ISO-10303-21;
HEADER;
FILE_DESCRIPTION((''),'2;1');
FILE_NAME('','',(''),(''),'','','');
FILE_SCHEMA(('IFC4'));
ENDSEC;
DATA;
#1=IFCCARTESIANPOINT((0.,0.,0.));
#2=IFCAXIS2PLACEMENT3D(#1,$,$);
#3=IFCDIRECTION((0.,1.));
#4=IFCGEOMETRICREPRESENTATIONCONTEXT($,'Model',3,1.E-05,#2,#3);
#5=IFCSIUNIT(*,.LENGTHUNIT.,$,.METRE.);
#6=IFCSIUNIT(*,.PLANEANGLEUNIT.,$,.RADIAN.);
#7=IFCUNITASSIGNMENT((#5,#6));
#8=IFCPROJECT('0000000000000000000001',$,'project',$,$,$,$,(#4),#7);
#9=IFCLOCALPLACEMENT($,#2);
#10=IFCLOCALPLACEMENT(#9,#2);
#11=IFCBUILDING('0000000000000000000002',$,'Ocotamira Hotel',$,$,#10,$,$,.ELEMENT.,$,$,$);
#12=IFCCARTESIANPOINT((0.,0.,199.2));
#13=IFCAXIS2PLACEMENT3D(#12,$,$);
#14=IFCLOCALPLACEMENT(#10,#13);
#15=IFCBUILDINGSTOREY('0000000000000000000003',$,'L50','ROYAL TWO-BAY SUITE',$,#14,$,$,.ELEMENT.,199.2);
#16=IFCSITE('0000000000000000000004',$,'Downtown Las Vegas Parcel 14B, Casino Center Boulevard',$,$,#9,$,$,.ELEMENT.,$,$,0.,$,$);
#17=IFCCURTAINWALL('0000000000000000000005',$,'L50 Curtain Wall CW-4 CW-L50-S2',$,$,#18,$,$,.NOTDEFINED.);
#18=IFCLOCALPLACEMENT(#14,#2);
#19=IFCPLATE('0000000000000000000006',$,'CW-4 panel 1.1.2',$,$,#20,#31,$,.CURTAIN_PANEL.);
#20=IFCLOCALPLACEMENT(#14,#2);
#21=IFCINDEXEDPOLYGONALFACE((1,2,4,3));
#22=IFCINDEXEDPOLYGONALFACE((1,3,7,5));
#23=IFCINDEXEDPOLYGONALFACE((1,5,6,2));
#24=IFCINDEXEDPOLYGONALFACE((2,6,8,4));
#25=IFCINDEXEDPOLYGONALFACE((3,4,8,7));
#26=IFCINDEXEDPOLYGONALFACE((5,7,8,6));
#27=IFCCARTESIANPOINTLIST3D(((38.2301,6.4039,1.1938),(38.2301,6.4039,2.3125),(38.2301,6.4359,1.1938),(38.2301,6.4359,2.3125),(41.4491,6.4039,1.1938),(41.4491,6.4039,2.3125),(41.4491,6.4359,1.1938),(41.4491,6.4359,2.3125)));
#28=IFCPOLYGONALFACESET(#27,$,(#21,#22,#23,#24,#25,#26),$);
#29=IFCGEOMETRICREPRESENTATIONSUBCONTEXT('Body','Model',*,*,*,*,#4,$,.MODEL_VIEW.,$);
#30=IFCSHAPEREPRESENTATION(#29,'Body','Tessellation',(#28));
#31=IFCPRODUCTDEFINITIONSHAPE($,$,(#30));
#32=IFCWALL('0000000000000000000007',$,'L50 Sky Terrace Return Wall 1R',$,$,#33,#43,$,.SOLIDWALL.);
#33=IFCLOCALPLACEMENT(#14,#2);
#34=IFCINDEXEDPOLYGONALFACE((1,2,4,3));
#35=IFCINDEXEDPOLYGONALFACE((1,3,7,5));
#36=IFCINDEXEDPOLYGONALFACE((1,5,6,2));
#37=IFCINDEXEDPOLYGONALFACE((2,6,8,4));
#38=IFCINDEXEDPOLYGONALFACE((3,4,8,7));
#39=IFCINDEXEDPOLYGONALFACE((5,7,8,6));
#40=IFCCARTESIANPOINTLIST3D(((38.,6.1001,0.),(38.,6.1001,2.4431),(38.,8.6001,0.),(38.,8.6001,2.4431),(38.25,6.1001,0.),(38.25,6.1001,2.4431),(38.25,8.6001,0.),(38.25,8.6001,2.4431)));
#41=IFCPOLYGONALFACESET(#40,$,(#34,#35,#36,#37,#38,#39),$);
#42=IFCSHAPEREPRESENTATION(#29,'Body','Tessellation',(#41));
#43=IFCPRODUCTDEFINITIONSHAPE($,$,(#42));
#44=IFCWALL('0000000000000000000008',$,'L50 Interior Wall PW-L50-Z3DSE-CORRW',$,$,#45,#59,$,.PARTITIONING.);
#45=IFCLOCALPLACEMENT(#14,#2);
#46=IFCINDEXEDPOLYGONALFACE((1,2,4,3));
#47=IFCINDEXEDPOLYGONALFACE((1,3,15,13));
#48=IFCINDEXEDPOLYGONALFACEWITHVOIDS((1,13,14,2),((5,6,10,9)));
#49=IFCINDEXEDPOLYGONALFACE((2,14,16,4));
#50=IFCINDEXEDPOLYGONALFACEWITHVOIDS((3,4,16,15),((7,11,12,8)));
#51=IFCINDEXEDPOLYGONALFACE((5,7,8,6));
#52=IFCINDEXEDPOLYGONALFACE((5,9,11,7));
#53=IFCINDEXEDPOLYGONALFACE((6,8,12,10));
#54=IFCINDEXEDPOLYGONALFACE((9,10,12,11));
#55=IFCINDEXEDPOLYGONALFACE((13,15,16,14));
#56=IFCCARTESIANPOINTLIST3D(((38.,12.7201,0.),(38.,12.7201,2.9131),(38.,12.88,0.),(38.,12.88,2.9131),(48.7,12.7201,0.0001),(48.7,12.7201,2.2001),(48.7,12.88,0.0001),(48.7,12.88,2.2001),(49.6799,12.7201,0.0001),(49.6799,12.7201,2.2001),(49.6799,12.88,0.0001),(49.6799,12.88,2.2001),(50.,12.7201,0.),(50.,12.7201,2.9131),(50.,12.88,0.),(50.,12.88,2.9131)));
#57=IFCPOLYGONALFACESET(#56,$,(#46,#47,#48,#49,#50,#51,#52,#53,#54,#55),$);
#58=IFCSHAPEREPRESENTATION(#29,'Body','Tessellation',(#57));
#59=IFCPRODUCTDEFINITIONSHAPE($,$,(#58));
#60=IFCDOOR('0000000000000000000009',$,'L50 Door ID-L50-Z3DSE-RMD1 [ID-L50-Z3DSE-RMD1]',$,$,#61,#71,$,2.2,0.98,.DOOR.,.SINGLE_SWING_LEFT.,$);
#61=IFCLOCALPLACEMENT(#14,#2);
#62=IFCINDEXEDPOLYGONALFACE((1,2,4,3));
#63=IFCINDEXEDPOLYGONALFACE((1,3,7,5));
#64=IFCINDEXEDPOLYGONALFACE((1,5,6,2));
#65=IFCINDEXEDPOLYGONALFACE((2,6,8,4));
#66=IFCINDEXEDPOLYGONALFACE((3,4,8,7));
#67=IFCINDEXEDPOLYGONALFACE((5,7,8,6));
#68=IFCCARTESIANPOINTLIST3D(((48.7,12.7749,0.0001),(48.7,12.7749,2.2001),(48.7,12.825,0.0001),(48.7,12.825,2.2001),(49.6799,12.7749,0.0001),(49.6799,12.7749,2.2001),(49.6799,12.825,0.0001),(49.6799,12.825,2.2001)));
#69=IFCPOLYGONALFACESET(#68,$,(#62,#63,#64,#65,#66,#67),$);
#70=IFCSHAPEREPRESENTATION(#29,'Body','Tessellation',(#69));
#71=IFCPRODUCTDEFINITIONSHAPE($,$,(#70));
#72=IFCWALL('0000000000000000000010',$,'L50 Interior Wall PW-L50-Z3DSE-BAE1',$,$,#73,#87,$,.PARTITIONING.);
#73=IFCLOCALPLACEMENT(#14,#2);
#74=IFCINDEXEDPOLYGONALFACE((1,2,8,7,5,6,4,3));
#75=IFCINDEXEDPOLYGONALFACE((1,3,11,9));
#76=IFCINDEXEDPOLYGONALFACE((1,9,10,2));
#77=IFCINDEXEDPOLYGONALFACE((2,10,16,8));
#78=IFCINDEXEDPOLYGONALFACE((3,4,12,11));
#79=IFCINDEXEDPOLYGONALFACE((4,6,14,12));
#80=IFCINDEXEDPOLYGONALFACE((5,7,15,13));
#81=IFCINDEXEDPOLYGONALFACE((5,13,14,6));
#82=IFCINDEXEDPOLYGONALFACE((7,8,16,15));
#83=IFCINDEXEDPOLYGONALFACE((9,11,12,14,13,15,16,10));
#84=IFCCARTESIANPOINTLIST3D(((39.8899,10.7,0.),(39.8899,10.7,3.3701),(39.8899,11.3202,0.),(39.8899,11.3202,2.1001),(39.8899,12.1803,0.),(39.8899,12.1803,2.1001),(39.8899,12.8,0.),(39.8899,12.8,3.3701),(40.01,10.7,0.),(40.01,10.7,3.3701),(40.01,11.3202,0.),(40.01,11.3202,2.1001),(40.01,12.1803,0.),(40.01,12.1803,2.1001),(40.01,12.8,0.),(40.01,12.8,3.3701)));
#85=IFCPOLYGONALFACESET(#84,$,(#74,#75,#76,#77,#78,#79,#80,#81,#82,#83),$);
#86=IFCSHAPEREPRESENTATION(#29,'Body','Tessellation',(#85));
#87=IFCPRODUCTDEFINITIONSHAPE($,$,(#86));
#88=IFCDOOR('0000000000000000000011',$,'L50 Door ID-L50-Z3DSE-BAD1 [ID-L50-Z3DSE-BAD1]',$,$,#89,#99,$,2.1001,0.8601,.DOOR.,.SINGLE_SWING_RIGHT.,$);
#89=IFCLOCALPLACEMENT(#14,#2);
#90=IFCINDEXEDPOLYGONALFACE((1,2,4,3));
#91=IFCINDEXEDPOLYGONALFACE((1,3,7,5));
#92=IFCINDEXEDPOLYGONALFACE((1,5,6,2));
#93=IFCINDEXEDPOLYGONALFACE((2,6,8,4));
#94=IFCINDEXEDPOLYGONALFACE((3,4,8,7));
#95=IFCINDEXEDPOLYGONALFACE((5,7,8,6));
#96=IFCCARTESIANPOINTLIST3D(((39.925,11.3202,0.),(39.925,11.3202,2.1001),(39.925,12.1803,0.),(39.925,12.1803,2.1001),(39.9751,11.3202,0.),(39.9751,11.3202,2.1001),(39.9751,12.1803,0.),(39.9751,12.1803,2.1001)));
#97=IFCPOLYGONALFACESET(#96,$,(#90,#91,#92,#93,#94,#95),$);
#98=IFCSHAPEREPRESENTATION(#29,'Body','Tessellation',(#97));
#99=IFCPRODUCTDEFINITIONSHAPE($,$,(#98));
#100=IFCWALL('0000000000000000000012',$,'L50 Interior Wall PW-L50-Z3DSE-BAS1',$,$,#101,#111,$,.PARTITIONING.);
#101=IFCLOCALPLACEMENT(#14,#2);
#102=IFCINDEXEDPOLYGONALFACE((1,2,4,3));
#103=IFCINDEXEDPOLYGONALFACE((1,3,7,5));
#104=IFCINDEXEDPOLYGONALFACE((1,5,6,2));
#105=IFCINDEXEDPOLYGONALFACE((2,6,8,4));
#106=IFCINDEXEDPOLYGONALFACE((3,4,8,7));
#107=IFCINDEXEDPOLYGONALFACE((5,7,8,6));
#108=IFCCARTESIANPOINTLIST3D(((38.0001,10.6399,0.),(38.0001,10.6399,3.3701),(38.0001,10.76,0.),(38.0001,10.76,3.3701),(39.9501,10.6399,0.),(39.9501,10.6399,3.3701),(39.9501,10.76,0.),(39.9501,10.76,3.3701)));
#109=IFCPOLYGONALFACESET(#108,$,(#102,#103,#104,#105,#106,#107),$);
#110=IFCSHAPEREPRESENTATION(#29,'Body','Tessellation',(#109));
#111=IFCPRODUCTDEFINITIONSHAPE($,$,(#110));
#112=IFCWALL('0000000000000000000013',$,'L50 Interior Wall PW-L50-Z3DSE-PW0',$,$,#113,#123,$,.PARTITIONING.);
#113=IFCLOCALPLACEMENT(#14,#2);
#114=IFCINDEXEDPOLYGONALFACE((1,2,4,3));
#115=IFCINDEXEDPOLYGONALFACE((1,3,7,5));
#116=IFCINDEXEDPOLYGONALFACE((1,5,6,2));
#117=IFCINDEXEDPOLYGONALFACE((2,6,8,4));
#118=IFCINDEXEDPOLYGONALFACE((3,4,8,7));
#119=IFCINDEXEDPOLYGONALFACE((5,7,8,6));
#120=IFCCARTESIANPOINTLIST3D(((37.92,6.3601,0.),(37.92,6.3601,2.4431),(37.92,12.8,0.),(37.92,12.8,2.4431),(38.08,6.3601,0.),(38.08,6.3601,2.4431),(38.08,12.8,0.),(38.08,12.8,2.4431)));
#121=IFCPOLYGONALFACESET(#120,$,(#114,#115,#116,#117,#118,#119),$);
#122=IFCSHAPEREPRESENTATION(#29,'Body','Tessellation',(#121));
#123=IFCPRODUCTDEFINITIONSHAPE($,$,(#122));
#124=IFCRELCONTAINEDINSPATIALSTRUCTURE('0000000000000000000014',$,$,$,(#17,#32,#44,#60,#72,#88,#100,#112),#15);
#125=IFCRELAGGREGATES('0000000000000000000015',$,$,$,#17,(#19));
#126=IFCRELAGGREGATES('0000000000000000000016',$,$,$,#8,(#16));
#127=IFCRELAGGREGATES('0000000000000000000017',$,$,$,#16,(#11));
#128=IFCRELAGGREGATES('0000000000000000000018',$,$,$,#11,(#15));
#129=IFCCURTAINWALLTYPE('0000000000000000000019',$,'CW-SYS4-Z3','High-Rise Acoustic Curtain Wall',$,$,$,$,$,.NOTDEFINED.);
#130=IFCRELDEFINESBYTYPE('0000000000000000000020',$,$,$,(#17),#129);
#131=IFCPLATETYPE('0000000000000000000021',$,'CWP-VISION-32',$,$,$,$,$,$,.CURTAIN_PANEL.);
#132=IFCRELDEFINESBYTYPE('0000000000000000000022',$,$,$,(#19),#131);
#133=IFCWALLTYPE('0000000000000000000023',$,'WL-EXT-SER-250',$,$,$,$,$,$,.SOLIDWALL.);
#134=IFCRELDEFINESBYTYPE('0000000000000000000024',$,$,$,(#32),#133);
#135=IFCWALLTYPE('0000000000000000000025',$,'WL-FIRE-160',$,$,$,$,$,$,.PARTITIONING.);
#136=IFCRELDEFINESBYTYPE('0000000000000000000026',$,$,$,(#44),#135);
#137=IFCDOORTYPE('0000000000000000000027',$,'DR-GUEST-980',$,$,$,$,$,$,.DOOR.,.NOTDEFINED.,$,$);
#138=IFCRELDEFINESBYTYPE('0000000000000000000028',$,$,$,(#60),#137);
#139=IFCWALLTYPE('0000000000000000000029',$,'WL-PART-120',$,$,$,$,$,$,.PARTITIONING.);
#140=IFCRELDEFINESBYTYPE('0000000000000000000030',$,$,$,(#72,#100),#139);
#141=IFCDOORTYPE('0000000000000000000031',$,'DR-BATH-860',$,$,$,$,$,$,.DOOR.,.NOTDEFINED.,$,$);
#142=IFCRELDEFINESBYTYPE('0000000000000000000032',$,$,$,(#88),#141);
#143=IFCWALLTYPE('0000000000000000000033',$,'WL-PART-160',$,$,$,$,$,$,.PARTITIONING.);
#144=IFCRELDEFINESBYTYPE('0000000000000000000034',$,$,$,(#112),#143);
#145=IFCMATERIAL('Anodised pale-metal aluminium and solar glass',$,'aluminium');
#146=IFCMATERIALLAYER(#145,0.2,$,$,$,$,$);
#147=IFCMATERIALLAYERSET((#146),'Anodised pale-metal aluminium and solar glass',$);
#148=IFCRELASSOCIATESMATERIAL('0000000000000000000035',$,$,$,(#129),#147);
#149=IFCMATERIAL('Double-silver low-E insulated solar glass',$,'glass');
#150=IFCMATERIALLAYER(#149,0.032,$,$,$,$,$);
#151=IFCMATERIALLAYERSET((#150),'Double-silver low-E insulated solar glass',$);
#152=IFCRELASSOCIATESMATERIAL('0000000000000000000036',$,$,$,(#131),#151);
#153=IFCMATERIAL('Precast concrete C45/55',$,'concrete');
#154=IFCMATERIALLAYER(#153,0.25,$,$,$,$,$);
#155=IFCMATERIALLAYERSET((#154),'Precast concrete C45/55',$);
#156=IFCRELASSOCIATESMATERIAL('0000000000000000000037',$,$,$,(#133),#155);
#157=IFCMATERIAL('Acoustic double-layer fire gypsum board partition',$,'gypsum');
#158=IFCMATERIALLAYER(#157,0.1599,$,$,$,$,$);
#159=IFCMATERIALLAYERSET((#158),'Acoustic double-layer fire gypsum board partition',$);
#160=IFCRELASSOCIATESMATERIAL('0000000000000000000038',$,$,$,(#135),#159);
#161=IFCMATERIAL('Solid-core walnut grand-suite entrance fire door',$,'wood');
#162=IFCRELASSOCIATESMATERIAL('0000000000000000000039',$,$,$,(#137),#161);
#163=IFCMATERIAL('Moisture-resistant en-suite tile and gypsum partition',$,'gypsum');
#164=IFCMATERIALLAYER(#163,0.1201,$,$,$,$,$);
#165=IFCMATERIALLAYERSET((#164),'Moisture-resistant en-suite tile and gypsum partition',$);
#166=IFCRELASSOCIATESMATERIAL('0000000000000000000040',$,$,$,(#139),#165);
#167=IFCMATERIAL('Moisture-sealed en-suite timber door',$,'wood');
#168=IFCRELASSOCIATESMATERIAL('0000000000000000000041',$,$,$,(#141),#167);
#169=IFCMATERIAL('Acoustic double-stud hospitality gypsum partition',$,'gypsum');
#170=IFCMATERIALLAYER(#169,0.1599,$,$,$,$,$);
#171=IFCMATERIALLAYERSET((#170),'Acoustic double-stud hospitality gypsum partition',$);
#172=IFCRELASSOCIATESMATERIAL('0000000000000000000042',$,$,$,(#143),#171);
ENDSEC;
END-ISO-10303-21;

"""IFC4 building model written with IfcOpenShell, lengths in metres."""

from ifc_helpers import new_model, si_unit, direction, frame, frame_2d, origin, origin_2d, place, context, subcontext, project, spatial, rectangle, extrude, source, transform, mapped, material, layer, layer_set, type_object, element, fill, aggregate, save


model = new_model("IFC4")

# Units and contexts
model_context = context("Model", 3, precision=1e-05, world=origin(), true_north=direction((0.0, 1.0)))
body_context = subcontext(model_context, "Body", "Model", "MODEL_VIEW")
ifc_project = project(units=[si_unit("LENGTHUNIT", "METRE"), si_unit("PLANEANGLEUNIT", "RADIAN")], contexts=[model_context])

# Site, building, storey
site_placement = place(None, origin())
site = spatial("IfcSite", under=ifc_project, at=site_placement, Name="Downtown Las Vegas Parcel 14B, Casino Center Boulevard", CompositionType="ELEMENT", RefElevation=0.0)
building_placement = place(site_placement, origin())
building = spatial("IfcBuilding", under=site, at=building_placement, Name="Ocotamira Hotel", CompositionType="ELEMENT")
storey_placement = place(building_placement, frame((0.0, 0.0, 199.2)))
storey = spatial("IfcBuildingStorey", under=building, at=storey_placement, Name="L50", Description="ROYAL TWO-BAY SUITE", CompositionType="ELEMENT", Elevation=199.2)

# Curtain wall, plate
ifc_material_1 = material(Name="Anodised pale-metal aluminium and solar glass", Category="aluminium")
ifc_layer_1 = layer(ifc_material_1, 0.2)
ifc_layer_set_1 = layer_set([ifc_layer_1], Name="Anodised pale-metal aluminium and solar glass")
curtain_wall_type = type_object("IfcCurtainWallType", Name="CW-SYS4-Z3", Description="High-Rise Acoustic Curtain Wall", PredefinedType="NOTDEFINED", material=ifc_layer_set_1)
curtain_wall_placement = place(storey_placement, origin())
curtain_wall = element("IfcCurtainWall", 1, at=curtain_wall_placement, inside=storey, type_object=curtain_wall_type, Name="L50 Curtain Wall CW-4 CW-L50-S2", PredefinedType="NOTDEFINED")
ifc_material_2 = material(Name="Double-silver low-E insulated solar glass", Category="glass")
ifc_layer_2 = layer(ifc_material_2, 0.032)
ifc_layer_set_2 = layer_set([ifc_layer_2], Name="Double-silver low-E insulated solar glass")
plate_type = type_object("IfcPlateType", Name="CWP-VISION-32", PredefinedType="CURTAIN_PANEL", material=ifc_layer_set_2)
shared_shape_1 = source(origin(), body_context, "Body", "SweptSolid", [
    extrude(rectangle(XDim=3.219, YDim=0.032, at=origin_2d()), origin(), (0.0, 0.0, 1.0), 1.1187),
])
plate_1_placement = place(storey_placement, frame((39.8396, 6.4199, 1.1938), z_axis=(0.0, 0.0, 1.0), x_axis=(1.0, 0.0, 0.0)))
plate_1 = element("IfcPlate", 2, at=plate_1_placement, type_object=plate_type, Name="CW-4 panel 1.1.2", PredefinedType="CURTAIN_PANEL", context=body_context, shape_type="MappedRepresentation", body=[
    mapped(shared_shape_1, transform((0.0, 0.0, 0.0), scale=1.0)),
])
aggregate(curtain_wall, [plate_1])

# Wall
ifc_material_3 = material(Name="Precast concrete C45/55", Category="concrete")
ifc_layer_3 = layer(ifc_material_3, 0.25)
ifc_layer_set_3 = layer_set([ifc_layer_3], Name="Precast concrete C45/55")
wall_type_1 = type_object("IfcWallType", Name="WL-EXT-SER-250", PredefinedType="SOLIDWALL", material=ifc_layer_set_3)
wall_1_placement = place(storey_placement, frame((38.125, 6.1001, 0.0), z_axis=(0.0, 0.0, 1.0), x_axis=(0.0, 1.0, 0.0)))
element("IfcWall", 3, at=wall_1_placement, inside=storey, type_object=wall_type_1, Name="L50 Sky Terrace Return Wall 1R", PredefinedType="SOLIDWALL", context=body_context, shape_type="SweptSolid", body=[
    extrude(rectangle(XDim=2.5, YDim=0.25, at=frame_2d((1.25, 0.0))), origin(), (0.0, 0.0, 1.0), 2.4431),
])

# Walls, openings, doors
ifc_material_4 = material(Name="Acoustic double-layer fire gypsum board partition", Category="gypsum")
ifc_layer_4 = layer(ifc_material_4, 0.1599)
ifc_layer_set_4 = layer_set([ifc_layer_4], Name="Acoustic double-layer fire gypsum board partition")
wall_type_2 = type_object("IfcWallType", Name="WL-FIRE-160", PredefinedType="PARTITIONING", material=ifc_layer_set_4)
wall_2_placement = place(storey_placement, frame((38.0, 12.8, 0.0), z_axis=(0.0, 0.0, 1.0), x_axis=(1.0, 0.0, 0.0)))
wall_2 = element("IfcWall", 4, at=wall_2_placement, inside=storey, type_object=wall_type_2, Name="L50 Interior Wall PW-L50-Z3DSE-CORRW", PredefinedType="PARTITIONING", context=body_context, shape_type="SweptSolid", body=[
    extrude(rectangle(XDim=12.0, YDim=0.1599, at=frame_2d((6.0, 0.0))), origin(), (0.0, 0.0, 1.0), 2.9131),
])
opening_1_placement = place(wall_2_placement, frame((10.7, 0.0, 0.0)))
opening_1 = element("IfcOpeningElement", 5, at=opening_1_placement, cuts=wall_2, PredefinedType="OPENING", context=body_context, shape_type="SweptSolid", body=[
    extrude(rectangle(XDim=0.98, YDim=2.2, at=frame_2d((0.49, 1.1001))), frame((0.0, 0.0898, 0.0), z_axis=(0.0, -1.0, 0.0), x_axis=(1.0, 0.0, 0.0)), (0.0, 0.0, 1.0), 0.1799),
])
ifc_material_5 = material(Name="Solid-core walnut grand-suite entrance fire door", Category="wood")
door_type_1 = type_object("IfcDoorType", Name="DR-GUEST-980", OperationType="NOTDEFINED", PredefinedType="DOOR", material=ifc_material_5)
shared_shape_2 = source(origin(), body_context, "Body", "SweptSolid", [
    extrude(rectangle(XDim=0.98, YDim=2.2, at=frame_2d((0.49, 1.1001))), frame((0.0, 0.0249, 0.0), z_axis=(0.0, -1.0, 0.0), x_axis=(1.0, 0.0, 0.0)), (0.0, 0.0, 1.0), 0.05),
])
door_1_placement = place(opening_1_placement, origin())
door_1 = element("IfcDoor", 6, at=door_1_placement, inside=storey, type_object=door_type_1, Name="L50 Door ID-L50-Z3DSE-RMD1 [ID-L50-Z3DSE-RMD1]", OperationType="SINGLE_SWING_LEFT", OverallHeight=2.2, OverallWidth=0.98, PredefinedType="DOOR", context=body_context, shape_type="MappedRepresentation", body=[
    mapped(shared_shape_2, transform((0.0, 0.0, 0.0), scale=1.0)),
])
fill(opening_1, door_1)
ifc_material_6 = material(Name="Moisture-resistant en-suite tile and gypsum partition", Category="gypsum")
ifc_layer_5 = layer(ifc_material_6, 0.1201)
ifc_layer_set_5 = layer_set([ifc_layer_5], Name="Moisture-resistant en-suite tile and gypsum partition")
wall_type_3 = type_object("IfcWallType", Name="WL-PART-120", PredefinedType="PARTITIONING", material=ifc_layer_set_5)
wall_3_placement = place(storey_placement, frame((39.95, 10.7, 0.0), z_axis=(0.0, 0.0, 1.0), x_axis=(0.0, 1.0, 0.0)))
wall_3 = element("IfcWall", 7, at=wall_3_placement, inside=storey, type_object=wall_type_3, Name="L50 Interior Wall PW-L50-Z3DSE-BAE1", PredefinedType="PARTITIONING", context=body_context, shape_type="SweptSolid", body=[
    extrude(rectangle(XDim=2.1001, YDim=0.1201, at=frame_2d((1.05, 0.0))), origin(), (0.0, 0.0, 1.0), 3.3701),
])
opening_2_placement = place(wall_3_placement, frame((0.6201, 0.0, 0.0)))
opening_2 = element("IfcOpeningElement", 8, at=opening_2_placement, cuts=wall_3, PredefinedType="OPENING", context=body_context, shape_type="SweptSolid", body=[
    extrude(rectangle(XDim=0.8601, YDim=2.1001, at=frame_2d((0.4302, 1.05))), frame((0.0, 0.0701, 0.0), z_axis=(0.0, -1.0, 0.0), x_axis=(1.0, 0.0, 0.0)), (0.0, 0.0, 1.0), 0.1401),
])
ifc_material_7 = material(Name="Moisture-sealed en-suite timber door", Category="wood")
door_type_2 = type_object("IfcDoorType", Name="DR-BATH-860", OperationType="NOTDEFINED", PredefinedType="DOOR", material=ifc_material_7)
shared_shape_3 = source(origin(), body_context, "Body", "SweptSolid", [
    extrude(rectangle(XDim=0.8601, YDim=2.1001, at=frame_2d((0.4302, 1.05))), frame((0.0, 0.0249, 0.0), z_axis=(0.0, -1.0, 0.0), x_axis=(1.0, 0.0, 0.0)), (0.0, 0.0, 1.0), 0.05),
])
door_2_placement = place(opening_2_placement, origin())
door_2 = element("IfcDoor", 9, at=door_2_placement, inside=storey, type_object=door_type_2, Name="L50 Door ID-L50-Z3DSE-BAD1 [ID-L50-Z3DSE-BAD1]", OperationType="SINGLE_SWING_RIGHT", OverallHeight=2.1001, OverallWidth=0.8601, PredefinedType="DOOR", context=body_context, shape_type="MappedRepresentation", body=[
    mapped(shared_shape_3, transform((0.0, 0.0, 0.0), scale=1.0)),
])
fill(opening_2, door_2)

# Walls
wall_4_placement = place(storey_placement, frame((38.0, 10.7, 0.0), z_axis=(0.0, 0.0, 1.0), x_axis=(1.0, 0.0, 0.0)))
element("IfcWall", 10, at=wall_4_placement, inside=storey, type_object=wall_type_3, Name="L50 Interior Wall PW-L50-Z3DSE-BAS1", PredefinedType="PARTITIONING", context=body_context, shape_type="SweptSolid", body=[
    extrude(rectangle(XDim=1.95, YDim=0.1201, at=frame_2d((0.9751, 0.0))), origin(), (0.0, 0.0, 1.0), 3.3701),
])
ifc_material_8 = material(Name="Acoustic double-stud hospitality gypsum partition", Category="gypsum")
ifc_layer_6 = layer(ifc_material_8, 0.1599)
ifc_layer_set_6 = layer_set([ifc_layer_6], Name="Acoustic double-stud hospitality gypsum partition")
wall_type_4 = type_object("IfcWallType", Name="WL-PART-160", PredefinedType="PARTITIONING", material=ifc_layer_set_6)
wall_5_placement = place(storey_placement, frame((38.0, 6.3601, 0.0), z_axis=(0.0, 0.0, 1.0), x_axis=(0.0, 1.0, 0.0)))
element("IfcWall", 11, at=wall_5_placement, inside=storey, type_object=wall_type_4, Name="L50 Interior Wall PW-L50-Z3DSE-PW0", PredefinedType="PARTITIONING", context=body_context, shape_type="SweptSolid", body=[
    extrude(rectangle(XDim=6.4399, YDim=0.1599, at=frame_2d((3.22, 0.0))), origin(), (0.0, 0.0, 1.0), 2.4431),
])

save(model, "model.ifc")
